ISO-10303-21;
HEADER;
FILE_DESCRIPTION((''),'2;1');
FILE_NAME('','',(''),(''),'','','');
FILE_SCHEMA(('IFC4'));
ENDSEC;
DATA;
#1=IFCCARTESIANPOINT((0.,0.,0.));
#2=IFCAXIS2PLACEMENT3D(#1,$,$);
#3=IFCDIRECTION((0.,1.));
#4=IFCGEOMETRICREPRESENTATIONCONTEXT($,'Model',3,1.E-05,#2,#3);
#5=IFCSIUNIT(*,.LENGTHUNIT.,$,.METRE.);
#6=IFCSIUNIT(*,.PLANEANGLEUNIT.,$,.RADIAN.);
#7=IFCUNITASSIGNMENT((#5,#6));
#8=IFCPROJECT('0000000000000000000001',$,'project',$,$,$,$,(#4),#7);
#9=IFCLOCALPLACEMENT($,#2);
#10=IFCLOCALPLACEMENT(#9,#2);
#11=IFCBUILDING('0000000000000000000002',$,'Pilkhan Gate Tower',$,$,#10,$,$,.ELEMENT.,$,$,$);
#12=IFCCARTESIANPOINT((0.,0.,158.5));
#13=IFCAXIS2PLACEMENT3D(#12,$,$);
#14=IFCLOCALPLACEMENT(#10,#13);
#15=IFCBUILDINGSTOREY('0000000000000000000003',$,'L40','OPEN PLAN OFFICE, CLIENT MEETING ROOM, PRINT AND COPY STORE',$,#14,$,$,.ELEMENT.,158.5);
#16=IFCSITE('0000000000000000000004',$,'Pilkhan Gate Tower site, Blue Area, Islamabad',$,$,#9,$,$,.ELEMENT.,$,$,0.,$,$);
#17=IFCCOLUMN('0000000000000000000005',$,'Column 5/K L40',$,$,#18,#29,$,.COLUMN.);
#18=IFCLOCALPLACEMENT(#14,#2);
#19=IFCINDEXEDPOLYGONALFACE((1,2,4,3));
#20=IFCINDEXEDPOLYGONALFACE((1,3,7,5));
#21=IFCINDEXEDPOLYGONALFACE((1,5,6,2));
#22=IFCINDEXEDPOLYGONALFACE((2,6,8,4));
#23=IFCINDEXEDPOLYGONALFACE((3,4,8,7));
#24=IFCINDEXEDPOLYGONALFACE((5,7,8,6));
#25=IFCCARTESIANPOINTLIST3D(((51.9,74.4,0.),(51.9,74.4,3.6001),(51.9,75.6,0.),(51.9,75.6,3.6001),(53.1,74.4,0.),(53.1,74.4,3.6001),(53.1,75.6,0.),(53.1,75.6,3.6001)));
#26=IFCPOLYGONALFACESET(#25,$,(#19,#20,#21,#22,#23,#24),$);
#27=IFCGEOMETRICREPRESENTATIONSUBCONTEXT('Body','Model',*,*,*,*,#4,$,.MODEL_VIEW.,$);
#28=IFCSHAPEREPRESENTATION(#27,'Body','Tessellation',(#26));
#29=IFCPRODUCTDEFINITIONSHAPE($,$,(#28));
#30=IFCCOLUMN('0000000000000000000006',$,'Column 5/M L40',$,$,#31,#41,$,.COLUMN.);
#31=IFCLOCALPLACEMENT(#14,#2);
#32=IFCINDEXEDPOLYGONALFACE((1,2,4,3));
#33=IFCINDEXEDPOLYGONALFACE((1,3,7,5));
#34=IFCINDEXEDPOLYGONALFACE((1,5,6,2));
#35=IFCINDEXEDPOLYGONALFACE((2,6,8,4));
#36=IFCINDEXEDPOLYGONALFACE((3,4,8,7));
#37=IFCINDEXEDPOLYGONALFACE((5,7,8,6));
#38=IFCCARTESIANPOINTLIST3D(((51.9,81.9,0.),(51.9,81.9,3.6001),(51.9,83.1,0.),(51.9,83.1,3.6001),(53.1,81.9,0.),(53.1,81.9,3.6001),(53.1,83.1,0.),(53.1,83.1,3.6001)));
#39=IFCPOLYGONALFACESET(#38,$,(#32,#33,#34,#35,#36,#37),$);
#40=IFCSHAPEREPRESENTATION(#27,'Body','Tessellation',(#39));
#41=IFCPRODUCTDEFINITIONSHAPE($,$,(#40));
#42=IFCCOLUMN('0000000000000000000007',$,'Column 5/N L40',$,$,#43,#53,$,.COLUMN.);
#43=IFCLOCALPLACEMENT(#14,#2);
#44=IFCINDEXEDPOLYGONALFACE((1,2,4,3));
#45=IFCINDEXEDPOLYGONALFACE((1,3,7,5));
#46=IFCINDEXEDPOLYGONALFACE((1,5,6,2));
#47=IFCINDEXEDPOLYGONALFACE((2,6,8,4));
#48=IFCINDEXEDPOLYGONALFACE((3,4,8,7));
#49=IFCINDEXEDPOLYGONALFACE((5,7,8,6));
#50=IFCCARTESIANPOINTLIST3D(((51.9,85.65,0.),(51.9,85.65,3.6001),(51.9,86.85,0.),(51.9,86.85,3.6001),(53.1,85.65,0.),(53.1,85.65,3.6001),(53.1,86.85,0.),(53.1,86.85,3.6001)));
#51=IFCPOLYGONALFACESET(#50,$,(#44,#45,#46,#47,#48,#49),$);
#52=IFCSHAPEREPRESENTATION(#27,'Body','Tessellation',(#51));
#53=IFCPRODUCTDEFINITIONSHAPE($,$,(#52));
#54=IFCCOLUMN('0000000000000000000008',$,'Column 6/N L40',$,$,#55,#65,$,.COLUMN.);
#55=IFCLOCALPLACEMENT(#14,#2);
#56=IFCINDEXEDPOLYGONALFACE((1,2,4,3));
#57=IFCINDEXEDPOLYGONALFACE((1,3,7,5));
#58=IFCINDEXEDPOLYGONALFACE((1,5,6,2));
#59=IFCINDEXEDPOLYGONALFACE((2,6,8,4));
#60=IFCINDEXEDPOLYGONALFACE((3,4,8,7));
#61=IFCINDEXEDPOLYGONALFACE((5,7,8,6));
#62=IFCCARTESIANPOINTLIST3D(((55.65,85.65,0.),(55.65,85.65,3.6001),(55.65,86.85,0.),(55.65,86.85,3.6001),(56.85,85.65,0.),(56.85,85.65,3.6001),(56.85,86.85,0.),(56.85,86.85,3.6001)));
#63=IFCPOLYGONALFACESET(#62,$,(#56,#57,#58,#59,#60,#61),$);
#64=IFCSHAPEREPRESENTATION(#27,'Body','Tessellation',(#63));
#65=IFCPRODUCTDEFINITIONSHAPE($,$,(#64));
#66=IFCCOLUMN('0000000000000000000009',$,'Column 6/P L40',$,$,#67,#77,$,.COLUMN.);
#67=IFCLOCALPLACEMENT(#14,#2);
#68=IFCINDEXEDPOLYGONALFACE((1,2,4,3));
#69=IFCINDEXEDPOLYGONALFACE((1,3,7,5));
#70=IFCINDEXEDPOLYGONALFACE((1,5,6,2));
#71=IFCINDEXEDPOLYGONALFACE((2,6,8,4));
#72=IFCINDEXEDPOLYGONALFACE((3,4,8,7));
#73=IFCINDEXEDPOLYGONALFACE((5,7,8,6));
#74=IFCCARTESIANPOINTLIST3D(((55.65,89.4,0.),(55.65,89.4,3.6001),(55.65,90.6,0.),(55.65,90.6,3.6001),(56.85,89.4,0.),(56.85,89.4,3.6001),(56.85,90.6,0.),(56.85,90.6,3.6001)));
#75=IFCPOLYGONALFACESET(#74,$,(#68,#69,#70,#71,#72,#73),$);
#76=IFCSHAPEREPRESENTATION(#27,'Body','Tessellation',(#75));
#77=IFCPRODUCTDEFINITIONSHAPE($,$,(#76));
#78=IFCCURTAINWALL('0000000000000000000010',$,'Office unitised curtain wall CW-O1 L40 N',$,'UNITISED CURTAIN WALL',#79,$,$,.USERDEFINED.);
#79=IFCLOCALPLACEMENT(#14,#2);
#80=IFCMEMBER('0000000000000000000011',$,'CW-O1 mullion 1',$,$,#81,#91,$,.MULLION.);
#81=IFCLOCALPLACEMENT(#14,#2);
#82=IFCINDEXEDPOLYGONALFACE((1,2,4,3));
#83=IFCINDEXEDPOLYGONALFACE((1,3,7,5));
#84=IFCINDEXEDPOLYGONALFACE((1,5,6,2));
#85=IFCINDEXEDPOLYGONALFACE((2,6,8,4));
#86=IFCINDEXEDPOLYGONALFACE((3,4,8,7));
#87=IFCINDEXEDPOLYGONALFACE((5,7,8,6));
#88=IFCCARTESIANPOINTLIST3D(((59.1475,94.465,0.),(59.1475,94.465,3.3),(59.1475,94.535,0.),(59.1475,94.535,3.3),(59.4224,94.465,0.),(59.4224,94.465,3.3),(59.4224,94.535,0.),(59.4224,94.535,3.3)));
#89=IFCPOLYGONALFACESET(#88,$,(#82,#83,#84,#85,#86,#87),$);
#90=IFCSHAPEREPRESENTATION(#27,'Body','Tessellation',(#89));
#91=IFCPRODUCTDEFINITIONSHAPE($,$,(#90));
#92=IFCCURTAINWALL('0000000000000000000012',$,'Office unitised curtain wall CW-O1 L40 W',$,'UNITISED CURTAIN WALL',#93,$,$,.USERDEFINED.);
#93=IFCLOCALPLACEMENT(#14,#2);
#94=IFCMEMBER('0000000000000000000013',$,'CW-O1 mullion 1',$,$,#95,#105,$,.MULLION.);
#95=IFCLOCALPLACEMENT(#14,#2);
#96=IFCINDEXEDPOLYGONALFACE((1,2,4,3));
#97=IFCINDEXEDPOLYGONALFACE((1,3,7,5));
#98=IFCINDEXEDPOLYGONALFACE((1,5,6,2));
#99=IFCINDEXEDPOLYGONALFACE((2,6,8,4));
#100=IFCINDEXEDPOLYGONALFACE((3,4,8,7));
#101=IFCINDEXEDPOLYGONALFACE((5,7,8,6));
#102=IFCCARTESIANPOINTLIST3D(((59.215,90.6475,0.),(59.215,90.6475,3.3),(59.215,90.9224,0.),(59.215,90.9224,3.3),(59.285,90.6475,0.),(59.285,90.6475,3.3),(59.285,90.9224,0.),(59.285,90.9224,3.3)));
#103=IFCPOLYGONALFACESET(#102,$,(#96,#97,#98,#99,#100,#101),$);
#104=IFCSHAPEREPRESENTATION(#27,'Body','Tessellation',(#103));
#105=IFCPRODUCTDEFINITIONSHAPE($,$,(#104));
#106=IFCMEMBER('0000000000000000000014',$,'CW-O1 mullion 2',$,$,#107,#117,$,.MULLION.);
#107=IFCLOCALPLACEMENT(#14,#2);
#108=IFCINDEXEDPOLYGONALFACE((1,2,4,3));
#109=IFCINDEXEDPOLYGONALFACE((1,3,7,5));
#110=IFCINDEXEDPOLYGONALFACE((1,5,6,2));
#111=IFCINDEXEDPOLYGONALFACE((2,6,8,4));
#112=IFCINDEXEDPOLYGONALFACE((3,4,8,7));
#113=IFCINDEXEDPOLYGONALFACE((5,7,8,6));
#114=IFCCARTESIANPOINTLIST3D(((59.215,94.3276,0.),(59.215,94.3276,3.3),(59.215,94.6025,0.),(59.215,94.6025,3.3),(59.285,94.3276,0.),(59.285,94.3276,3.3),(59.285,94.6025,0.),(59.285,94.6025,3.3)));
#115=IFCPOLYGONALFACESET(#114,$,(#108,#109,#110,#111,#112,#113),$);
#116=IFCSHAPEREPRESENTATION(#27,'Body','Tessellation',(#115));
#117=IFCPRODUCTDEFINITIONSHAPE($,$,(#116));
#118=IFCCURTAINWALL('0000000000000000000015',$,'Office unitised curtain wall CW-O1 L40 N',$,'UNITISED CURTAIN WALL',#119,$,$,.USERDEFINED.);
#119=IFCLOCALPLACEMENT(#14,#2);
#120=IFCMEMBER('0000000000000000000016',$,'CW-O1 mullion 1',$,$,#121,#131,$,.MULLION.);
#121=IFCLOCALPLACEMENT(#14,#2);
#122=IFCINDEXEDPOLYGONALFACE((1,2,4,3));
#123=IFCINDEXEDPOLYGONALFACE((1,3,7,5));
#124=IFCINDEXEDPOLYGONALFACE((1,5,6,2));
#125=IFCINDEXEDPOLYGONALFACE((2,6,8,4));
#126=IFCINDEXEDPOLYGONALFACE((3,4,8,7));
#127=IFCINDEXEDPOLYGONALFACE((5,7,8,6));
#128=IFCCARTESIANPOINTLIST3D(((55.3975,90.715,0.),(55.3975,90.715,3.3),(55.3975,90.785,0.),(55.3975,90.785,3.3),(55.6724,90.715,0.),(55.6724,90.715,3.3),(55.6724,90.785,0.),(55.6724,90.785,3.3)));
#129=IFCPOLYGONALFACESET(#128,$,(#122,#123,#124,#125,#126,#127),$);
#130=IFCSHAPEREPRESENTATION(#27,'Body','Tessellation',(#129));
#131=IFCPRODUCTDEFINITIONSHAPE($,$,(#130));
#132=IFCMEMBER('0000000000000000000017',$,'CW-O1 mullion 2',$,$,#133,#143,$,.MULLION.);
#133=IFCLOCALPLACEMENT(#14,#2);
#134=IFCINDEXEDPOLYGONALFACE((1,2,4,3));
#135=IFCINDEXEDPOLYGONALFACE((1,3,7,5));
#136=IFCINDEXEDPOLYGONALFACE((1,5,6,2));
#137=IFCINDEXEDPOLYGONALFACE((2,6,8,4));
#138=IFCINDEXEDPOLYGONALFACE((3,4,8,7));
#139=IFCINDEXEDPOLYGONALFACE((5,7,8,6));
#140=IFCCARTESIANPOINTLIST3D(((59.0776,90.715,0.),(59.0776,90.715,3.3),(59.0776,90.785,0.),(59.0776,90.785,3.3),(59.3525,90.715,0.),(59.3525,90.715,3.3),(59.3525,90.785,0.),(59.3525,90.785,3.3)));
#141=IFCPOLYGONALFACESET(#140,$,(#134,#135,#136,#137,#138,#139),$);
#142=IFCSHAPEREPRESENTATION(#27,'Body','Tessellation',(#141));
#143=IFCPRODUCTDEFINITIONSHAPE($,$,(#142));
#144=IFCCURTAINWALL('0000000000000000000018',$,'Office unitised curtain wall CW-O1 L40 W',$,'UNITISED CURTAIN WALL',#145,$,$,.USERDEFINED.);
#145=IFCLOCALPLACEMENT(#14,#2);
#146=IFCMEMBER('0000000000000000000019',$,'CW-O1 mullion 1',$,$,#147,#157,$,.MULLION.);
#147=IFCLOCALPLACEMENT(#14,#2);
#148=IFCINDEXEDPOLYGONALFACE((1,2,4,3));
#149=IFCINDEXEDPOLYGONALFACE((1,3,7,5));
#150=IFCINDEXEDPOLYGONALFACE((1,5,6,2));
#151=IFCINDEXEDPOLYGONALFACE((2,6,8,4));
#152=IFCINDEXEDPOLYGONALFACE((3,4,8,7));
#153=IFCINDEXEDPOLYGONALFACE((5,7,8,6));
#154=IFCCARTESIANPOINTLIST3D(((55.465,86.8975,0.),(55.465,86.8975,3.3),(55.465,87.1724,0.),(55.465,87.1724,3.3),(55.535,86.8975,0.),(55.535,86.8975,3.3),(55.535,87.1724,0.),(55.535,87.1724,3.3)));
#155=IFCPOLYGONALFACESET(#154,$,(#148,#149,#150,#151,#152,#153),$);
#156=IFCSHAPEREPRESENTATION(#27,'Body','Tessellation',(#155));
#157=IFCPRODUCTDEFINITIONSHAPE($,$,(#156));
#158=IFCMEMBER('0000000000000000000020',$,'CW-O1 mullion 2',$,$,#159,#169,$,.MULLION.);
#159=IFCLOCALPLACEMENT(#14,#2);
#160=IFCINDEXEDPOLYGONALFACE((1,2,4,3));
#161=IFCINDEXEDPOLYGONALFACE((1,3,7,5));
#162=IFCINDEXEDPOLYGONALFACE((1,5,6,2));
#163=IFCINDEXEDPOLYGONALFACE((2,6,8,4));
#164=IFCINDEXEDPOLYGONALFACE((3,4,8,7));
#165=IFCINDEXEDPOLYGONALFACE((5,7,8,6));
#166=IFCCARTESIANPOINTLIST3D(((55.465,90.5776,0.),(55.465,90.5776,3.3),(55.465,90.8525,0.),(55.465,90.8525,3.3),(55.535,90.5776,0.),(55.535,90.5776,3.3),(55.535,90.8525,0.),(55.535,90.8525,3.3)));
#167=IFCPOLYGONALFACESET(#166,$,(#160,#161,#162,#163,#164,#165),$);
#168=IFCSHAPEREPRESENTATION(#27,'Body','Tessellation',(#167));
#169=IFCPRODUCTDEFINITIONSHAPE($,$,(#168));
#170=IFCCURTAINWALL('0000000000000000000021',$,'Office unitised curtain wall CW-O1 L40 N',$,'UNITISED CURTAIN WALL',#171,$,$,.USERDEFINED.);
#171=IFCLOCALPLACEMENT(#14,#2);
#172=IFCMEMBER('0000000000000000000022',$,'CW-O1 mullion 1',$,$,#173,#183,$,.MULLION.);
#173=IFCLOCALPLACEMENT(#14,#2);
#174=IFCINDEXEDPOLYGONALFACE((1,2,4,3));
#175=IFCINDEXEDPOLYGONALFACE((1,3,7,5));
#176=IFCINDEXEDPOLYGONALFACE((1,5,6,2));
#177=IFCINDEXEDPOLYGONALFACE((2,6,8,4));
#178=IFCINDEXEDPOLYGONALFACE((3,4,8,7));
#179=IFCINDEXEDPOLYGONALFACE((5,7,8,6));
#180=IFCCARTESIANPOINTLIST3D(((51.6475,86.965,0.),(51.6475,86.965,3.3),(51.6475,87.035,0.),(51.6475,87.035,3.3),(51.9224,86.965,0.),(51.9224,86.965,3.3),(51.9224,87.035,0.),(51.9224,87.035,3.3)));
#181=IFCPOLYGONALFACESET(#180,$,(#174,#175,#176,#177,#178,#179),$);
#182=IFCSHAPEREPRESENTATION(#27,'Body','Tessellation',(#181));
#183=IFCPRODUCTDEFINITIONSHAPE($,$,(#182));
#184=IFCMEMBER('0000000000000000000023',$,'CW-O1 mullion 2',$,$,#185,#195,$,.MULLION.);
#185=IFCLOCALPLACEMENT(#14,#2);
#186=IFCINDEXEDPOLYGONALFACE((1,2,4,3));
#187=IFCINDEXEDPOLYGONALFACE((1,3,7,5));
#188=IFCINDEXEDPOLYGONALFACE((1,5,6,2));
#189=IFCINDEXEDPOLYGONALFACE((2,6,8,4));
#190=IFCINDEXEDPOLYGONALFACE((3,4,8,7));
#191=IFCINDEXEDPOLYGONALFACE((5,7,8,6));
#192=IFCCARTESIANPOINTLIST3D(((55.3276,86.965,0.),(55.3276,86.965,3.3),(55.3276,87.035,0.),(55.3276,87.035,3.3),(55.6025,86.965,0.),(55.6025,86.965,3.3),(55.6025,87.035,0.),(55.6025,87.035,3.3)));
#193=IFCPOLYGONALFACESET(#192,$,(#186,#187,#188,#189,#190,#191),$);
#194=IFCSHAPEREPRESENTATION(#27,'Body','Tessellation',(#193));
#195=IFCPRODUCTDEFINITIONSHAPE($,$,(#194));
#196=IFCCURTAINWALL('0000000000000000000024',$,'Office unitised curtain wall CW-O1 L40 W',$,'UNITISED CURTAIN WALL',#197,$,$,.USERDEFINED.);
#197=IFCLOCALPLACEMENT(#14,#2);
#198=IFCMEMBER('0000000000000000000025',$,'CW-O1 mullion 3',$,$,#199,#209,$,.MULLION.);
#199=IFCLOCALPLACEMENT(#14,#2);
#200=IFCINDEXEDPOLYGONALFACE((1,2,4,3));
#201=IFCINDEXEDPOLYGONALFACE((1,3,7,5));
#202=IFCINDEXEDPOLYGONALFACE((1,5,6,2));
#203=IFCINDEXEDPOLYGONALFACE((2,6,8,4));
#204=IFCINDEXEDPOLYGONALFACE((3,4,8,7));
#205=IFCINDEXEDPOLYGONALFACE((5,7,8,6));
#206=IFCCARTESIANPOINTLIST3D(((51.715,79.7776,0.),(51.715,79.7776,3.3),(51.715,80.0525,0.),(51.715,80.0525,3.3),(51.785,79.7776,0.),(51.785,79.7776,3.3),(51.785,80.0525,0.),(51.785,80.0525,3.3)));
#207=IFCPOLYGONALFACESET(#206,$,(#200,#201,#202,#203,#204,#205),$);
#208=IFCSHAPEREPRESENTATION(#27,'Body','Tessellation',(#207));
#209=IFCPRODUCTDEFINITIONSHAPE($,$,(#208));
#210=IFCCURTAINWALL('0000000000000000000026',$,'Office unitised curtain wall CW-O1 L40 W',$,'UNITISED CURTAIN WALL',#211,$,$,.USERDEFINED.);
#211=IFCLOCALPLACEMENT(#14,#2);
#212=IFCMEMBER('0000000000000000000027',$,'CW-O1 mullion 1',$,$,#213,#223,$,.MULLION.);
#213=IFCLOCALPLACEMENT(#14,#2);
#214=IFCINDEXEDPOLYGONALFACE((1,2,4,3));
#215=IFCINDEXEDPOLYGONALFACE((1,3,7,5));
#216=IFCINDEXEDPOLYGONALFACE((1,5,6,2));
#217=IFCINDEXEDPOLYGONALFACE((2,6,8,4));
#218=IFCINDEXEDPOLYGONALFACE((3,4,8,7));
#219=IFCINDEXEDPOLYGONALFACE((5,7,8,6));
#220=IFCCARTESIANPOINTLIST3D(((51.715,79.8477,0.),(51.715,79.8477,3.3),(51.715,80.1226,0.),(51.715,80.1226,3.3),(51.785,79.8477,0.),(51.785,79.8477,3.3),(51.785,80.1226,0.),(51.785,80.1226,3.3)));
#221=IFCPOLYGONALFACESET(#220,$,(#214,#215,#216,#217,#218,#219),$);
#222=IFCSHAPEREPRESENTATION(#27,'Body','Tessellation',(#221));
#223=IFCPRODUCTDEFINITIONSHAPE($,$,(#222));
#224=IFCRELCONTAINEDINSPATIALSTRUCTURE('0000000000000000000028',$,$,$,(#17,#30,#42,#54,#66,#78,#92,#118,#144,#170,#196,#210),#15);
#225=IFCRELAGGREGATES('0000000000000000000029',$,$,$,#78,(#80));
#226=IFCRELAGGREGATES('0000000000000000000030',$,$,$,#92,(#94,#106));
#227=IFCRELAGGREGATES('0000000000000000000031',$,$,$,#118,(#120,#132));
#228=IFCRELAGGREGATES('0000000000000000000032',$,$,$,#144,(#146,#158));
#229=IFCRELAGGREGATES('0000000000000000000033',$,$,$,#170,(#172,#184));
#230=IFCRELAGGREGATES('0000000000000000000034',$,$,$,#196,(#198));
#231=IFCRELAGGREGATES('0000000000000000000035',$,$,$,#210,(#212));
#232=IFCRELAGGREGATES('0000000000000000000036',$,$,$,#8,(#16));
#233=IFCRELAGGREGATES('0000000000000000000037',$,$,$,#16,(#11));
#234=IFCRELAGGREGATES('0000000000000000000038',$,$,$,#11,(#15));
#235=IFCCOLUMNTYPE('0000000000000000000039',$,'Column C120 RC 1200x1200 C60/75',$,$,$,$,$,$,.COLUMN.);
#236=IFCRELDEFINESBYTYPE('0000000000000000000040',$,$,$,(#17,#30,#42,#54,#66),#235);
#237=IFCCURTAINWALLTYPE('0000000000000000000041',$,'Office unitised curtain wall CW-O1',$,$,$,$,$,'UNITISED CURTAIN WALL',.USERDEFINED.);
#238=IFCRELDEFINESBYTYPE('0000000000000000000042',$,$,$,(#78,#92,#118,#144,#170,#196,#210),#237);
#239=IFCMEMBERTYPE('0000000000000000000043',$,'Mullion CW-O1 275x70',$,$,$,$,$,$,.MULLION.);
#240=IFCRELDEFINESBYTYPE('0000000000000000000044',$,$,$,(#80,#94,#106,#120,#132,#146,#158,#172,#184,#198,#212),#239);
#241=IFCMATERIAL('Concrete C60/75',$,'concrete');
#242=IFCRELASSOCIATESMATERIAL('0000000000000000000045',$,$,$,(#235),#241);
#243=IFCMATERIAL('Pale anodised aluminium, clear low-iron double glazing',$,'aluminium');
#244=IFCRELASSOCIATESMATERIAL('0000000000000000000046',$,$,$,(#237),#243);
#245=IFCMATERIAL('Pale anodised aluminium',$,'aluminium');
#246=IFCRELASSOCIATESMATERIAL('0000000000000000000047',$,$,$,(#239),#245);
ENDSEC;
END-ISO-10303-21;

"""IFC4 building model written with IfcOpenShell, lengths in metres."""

from ifc_helpers import new_model, si_unit, direction, frame, origin, origin_2d, place, context, subcontext, project, spatial, rectangle, extrude, material, material_profile, profile_set, type_object, element, aggregate, save


model = new_model("IFC4")

# Units and contexts
model_context = context("Model", 3, precision=1e-05, world=origin(), true_north=direction((0.0, 1.0)))
body_context = subcontext(model_context, "Body", "Model", "MODEL_VIEW")
ifc_project = project(units=[si_unit("LENGTHUNIT", "METRE"), si_unit("PLANEANGLEUNIT", "RADIAN")], contexts=[model_context])

# Site, building, storey
site_placement = place(None, origin())
site = spatial("IfcSite", under=ifc_project, at=site_placement, Name="Pilkhan Gate Tower site, Blue Area, Islamabad", CompositionType="ELEMENT", RefElevation=0.0)
building_placement = place(site_placement, origin())
building = spatial("IfcBuilding", under=site, at=building_placement, Name="Pilkhan Gate Tower", CompositionType="ELEMENT")
storey_placement = place(building_placement, frame((0.0, 0.0, 158.5)))
storey = spatial("IfcBuildingStorey", under=building, at=storey_placement, Name="L40", Description="OPEN PLAN OFFICE, CLIENT MEETING ROOM, PRINT AND COPY STORE", CompositionType="ELEMENT", Elevation=158.5)

# Columns
ifc_material_1 = material(Name="Concrete C60/75", Category="concrete")
ifc_material_profile_1 = material_profile(ifc_material_1, rectangle(XDim=1.2, YDim=1.2, at=origin_2d()), Name="RC 1200x1200")
ifc_profile_set_1 = profile_set([ifc_material_profile_1], Name="Concrete C60/75")
column_type = type_object("IfcColumnType", Name="Column C120 RC 1200x1200 C60/75", PredefinedType="COLUMN", material=ifc_profile_set_1)
for number, where, z_axis, x_axis, name in (
    (1, (52.5, 75.0, 0.0), (0.0, 0.0, 1.0), (1.0, 0.0, 0.0), "Column 5/K L40"),
    (2, (52.5, 82.5, 0.0), (0.0, 0.0, 1.0), (1.0, 0.0, 0.0), "Column 5/M L40"),
    (3, (52.5, 86.25, 0.0), (0.0, 0.0, 1.0), (1.0, 0.0, 0.0), "Column 5/N L40"),
    (4, (56.25, 86.25, 0.0), (0.0, 0.0, 1.0), (1.0, 0.0, 0.0), "Column 6/N L40"),
    (5, (56.25, 90.0, 0.0), (0.0, 0.0, 1.0), (1.0, 0.0, 0.0), "Column 6/P L40"),
):
    element("IfcColumn", number, at=place(storey_placement, frame(where, z_axis=z_axis, x_axis=x_axis)), inside=storey, type_object=column_type, Name=name, PredefinedType="COLUMN", context=body_context, shape_type="SweptSolid", body=[
        extrude(rectangle(XDim=1.2, YDim=1.2, at=origin_2d()), origin(), (0.0, 0.0, 1.0), 3.6001),
    ])

# Curtain wall, member
ifc_material_2 = material(Name="Pale anodised aluminium, clear low-iron double glazing", Category="aluminium")
curtain_wall_type = type_object("IfcCurtainWallType", Name="Office unitised curtain wall CW-O1", ElementType="UNITISED CURTAIN WALL", PredefinedType="USERDEFINED", material=ifc_material_2)
curtain_wall_1_placement = place(storey_placement, origin())
curtain_wall_1 = element("IfcCurtainWall", 6, at=curtain_wall_1_placement, inside=storey, type_object=curtain_wall_type, Name="Office unitised curtain wall CW-O1 L40 N", ObjectType="UNITISED CURTAIN WALL", PredefinedType="USERDEFINED")
ifc_material_3 = material(Name="Pale anodised aluminium", Category="aluminium")
ifc_material_profile_2 = material_profile(ifc_material_3, rectangle(XDim=0.0701, YDim=0.2749, at=origin_2d()), Name="Mullion 275x70")
ifc_profile_set_2 = profile_set([ifc_material_profile_2], Name="Pale anodised aluminium")
member_type_1 = type_object("IfcMemberType", Name="Mullion CW-O1 275x70", PredefinedType="MULLION", material=ifc_profile_set_2)
member_1_placement = place(storey_placement, frame((59.2849, 94.5, 0.0), z_axis=(0.0, 0.0, 1.0), x_axis=(0.0, 1.0, 0.0)))
member_1 = element("IfcMember", 7, at=member_1_placement, type_object=member_type_1, Name="CW-O1 mullion 1", PredefinedType="MULLION", context=body_context, shape_type="SweptSolid", body=[
    extrude(rectangle(XDim=0.0701, YDim=0.2749, at=origin_2d()), origin(), (0.0, 0.0, 1.0), 3.3),
])

# Curtain walls, members
curtain_wall_2_placement = place(storey_placement, origin())
curtain_wall_2 = element("IfcCurtainWall", 8, at=curtain_wall_2_placement, inside=storey, type_object=curtain_wall_type, Name="Office unitised curtain wall CW-O1 L40 W", ObjectType="UNITISED CURTAIN WALL", PredefinedType="USERDEFINED")
member_2_placement = place(storey_placement, frame((59.25, 90.7849, 0.0), z_axis=(0.0, 0.0, 1.0), x_axis=(-1.0, 0.0, 0.0)))
member_2 = element("IfcMember", 9, at=member_2_placement, type_object=member_type_1, Name="CW-O1 mullion 1", PredefinedType="MULLION", context=body_context, shape_type="SweptSolid", body=[
    extrude(rectangle(XDim=0.0701, YDim=0.2749, at=origin_2d()), origin(), (0.0, 0.0, 1.0), 3.3),
])
member_3_placement = place(storey_placement, frame((59.25, 94.4651, 0.0), z_axis=(0.0, 0.0, 1.0), x_axis=(-1.0, 0.0, 0.0)))
member_3 = element("IfcMember", 10, at=member_3_placement, type_object=member_type_1, Name="CW-O1 mullion 2", PredefinedType="MULLION", context=body_context, shape_type="SweptSolid", body=[
    extrude(rectangle(XDim=0.0701, YDim=0.2749, at=origin_2d()), origin(), (0.0, 0.0, 1.0), 3.3),
])
curtain_wall_3_placement = place(storey_placement, origin())
curtain_wall_3 = element("IfcCurtainWall", 11, at=curtain_wall_3_placement, inside=storey, type_object=curtain_wall_type, Name="Office unitised curtain wall CW-O1 L40 N", ObjectType="UNITISED CURTAIN WALL", PredefinedType="USERDEFINED")
member_4_placement = place(storey_placement, frame((55.5349, 90.75, 0.0), z_axis=(0.0, 0.0, 1.0), x_axis=(0.0, 1.0, 0.0)))
member_4 = element("IfcMember", 12, at=member_4_placement, type_object=member_type_1, Name="CW-O1 mullion 1", PredefinedType="MULLION", context=body_context, shape_type="SweptSolid", body=[
    extrude(rectangle(XDim=0.0701, YDim=0.2749, at=origin_2d()), origin(), (0.0, 0.0, 1.0), 3.3),
])
member_5_placement = place(storey_placement, frame((59.2151, 90.75, 0.0), z_axis=(0.0, 0.0, 1.0), x_axis=(0.0, 1.0, 0.0)))
member_5 = element("IfcMember", 13, at=member_5_placement, type_object=member_type_1, Name="CW-O1 mullion 2", PredefinedType="MULLION", context=body_context, shape_type="SweptSolid", body=[
    extrude(rectangle(XDim=0.0701, YDim=0.2749, at=origin_2d()), origin(), (0.0, 0.0, 1.0), 3.3),
])
curtain_wall_4_placement = place(storey_placement, origin())
curtain_wall_4 = element("IfcCurtainWall", 14, at=curtain_wall_4_placement, inside=storey, type_object=curtain_wall_type, Name="Office unitised curtain wall CW-O1 L40 W", ObjectType="UNITISED CURTAIN WALL", PredefinedType="USERDEFINED")
member_6_placement = place(storey_placement, frame((55.5, 87.0349, 0.0), z_axis=(0.0, 0.0, 1.0), x_axis=(-1.0, 0.0, 0.0)))
member_6 = element("IfcMember", 15, at=member_6_placement, type_object=member_type_1, Name="CW-O1 mullion 1", PredefinedType="MULLION", context=body_context, shape_type="SweptSolid", body=[
    extrude(rectangle(XDim=0.0701, YDim=0.2749, at=origin_2d()), origin(), (0.0, 0.0, 1.0), 3.3),
])
member_7_placement = place(storey_placement, frame((55.5, 90.7151, 0.0), z_axis=(0.0, 0.0, 1.0), x_axis=(-1.0, 0.0, 0.0)))
member_7 = element("IfcMember", 16, at=member_7_placement, type_object=member_type_1, Name="CW-O1 mullion 2", PredefinedType="MULLION", context=body_context, shape_type="SweptSolid", body=[
    extrude(rectangle(XDim=0.0701, YDim=0.2749, at=origin_2d()), origin(), (0.0, 0.0, 1.0), 3.3),
])
curtain_wall_5_placement = place(storey_placement, origin())
curtain_wall_5 = element("IfcCurtainWall", 17, at=curtain_wall_5_placement, inside=storey, type_object=curtain_wall_type, Name="Office unitised curtain wall CW-O1 L40 N", ObjectType="UNITISED CURTAIN WALL", PredefinedType="USERDEFINED")
member_8_placement = place(storey_placement, frame((51.7849, 87.0, 0.0), z_axis=(0.0, 0.0, 1.0), x_axis=(0.0, 1.0, 0.0)))
member_8 = element("IfcMember", 18, at=member_8_placement, type_object=member_type_1, Name="CW-O1 mullion 1", PredefinedType="MULLION", context=body_context, shape_type="SweptSolid", body=[
    extrude(rectangle(XDim=0.0701, YDim=0.2749, at=origin_2d()), origin(), (0.0, 0.0, 1.0), 3.3),
])
member_9_placement = place(storey_placement, frame((55.4651, 87.0, 0.0), z_axis=(0.0, 0.0, 1.0), x_axis=(0.0, 1.0, 0.0)))
member_9 = element("IfcMember", 19, at=member_9_placement, type_object=member_type_1, Name="CW-O1 mullion 2", PredefinedType="MULLION", context=body_context, shape_type="SweptSolid", body=[
    extrude(rectangle(XDim=0.0701, YDim=0.2749, at=origin_2d()), origin(), (0.0, 0.0, 1.0), 3.3),
])

# Curtain wall, member
curtain_wall_6_placement = place(storey_placement, origin())
curtain_wall_6 = element("IfcCurtainWall", 20, at=curtain_wall_6_placement, inside=storey, type_object=curtain_wall_type, Name="Office unitised curtain wall CW-O1 L40 W", ObjectType="UNITISED CURTAIN WALL", PredefinedType="USERDEFINED")
member_10_placement = place(storey_placement, frame((51.75, 79.915, 0.0), z_axis=(0.0, 0.0, 1.0), x_axis=(-1.0, 0.0, 0.0)))
member_10 = element("IfcMember", 21, at=member_10_placement, type_object=member_type_1, Name="CW-O1 mullion 3", PredefinedType="MULLION", context=body_context, shape_type="SweptSolid", body=[
    extrude(rectangle(XDim=0.0701, YDim=0.2749, at=origin_2d()), origin(), (0.0, 0.0, 1.0), 3.3),
])

# Curtain wall, member
curtain_wall_7_placement = place(storey_placement, origin())
curtain_wall_7 = element("IfcCurtainWall", 22, at=curtain_wall_7_placement, inside=storey, type_object=curtain_wall_type, Name="Office unitised curtain wall CW-O1 L40 W", ObjectType="UNITISED CURTAIN WALL", PredefinedType="USERDEFINED")
member_11_placement = place(storey_placement, frame((51.75, 79.9851, 0.0), z_axis=(0.0, 0.0, 1.0), x_axis=(-1.0, 0.0, 0.0)))
member_11 = element("IfcMember", 23, at=member_11_placement, type_object=member_type_1, Name="CW-O1 mullion 1", PredefinedType="MULLION", context=body_context, shape_type="SweptSolid", body=[
    extrude(rectangle(XDim=0.0701, YDim=0.2749, at=origin_2d()), origin(), (0.0, 0.0, 1.0), 3.3),
])

aggregate(curtain_wall_1, [member_1])

aggregate(curtain_wall_2, [member_2, member_3])
aggregate(curtain_wall_3, [member_4, member_5])
aggregate(curtain_wall_4, [member_6, member_7])
aggregate(curtain_wall_5, [member_8, member_9])
aggregate(curtain_wall_6, [member_10])
aggregate(curtain_wall_7, [member_11])

save(model, "model.ifc")
